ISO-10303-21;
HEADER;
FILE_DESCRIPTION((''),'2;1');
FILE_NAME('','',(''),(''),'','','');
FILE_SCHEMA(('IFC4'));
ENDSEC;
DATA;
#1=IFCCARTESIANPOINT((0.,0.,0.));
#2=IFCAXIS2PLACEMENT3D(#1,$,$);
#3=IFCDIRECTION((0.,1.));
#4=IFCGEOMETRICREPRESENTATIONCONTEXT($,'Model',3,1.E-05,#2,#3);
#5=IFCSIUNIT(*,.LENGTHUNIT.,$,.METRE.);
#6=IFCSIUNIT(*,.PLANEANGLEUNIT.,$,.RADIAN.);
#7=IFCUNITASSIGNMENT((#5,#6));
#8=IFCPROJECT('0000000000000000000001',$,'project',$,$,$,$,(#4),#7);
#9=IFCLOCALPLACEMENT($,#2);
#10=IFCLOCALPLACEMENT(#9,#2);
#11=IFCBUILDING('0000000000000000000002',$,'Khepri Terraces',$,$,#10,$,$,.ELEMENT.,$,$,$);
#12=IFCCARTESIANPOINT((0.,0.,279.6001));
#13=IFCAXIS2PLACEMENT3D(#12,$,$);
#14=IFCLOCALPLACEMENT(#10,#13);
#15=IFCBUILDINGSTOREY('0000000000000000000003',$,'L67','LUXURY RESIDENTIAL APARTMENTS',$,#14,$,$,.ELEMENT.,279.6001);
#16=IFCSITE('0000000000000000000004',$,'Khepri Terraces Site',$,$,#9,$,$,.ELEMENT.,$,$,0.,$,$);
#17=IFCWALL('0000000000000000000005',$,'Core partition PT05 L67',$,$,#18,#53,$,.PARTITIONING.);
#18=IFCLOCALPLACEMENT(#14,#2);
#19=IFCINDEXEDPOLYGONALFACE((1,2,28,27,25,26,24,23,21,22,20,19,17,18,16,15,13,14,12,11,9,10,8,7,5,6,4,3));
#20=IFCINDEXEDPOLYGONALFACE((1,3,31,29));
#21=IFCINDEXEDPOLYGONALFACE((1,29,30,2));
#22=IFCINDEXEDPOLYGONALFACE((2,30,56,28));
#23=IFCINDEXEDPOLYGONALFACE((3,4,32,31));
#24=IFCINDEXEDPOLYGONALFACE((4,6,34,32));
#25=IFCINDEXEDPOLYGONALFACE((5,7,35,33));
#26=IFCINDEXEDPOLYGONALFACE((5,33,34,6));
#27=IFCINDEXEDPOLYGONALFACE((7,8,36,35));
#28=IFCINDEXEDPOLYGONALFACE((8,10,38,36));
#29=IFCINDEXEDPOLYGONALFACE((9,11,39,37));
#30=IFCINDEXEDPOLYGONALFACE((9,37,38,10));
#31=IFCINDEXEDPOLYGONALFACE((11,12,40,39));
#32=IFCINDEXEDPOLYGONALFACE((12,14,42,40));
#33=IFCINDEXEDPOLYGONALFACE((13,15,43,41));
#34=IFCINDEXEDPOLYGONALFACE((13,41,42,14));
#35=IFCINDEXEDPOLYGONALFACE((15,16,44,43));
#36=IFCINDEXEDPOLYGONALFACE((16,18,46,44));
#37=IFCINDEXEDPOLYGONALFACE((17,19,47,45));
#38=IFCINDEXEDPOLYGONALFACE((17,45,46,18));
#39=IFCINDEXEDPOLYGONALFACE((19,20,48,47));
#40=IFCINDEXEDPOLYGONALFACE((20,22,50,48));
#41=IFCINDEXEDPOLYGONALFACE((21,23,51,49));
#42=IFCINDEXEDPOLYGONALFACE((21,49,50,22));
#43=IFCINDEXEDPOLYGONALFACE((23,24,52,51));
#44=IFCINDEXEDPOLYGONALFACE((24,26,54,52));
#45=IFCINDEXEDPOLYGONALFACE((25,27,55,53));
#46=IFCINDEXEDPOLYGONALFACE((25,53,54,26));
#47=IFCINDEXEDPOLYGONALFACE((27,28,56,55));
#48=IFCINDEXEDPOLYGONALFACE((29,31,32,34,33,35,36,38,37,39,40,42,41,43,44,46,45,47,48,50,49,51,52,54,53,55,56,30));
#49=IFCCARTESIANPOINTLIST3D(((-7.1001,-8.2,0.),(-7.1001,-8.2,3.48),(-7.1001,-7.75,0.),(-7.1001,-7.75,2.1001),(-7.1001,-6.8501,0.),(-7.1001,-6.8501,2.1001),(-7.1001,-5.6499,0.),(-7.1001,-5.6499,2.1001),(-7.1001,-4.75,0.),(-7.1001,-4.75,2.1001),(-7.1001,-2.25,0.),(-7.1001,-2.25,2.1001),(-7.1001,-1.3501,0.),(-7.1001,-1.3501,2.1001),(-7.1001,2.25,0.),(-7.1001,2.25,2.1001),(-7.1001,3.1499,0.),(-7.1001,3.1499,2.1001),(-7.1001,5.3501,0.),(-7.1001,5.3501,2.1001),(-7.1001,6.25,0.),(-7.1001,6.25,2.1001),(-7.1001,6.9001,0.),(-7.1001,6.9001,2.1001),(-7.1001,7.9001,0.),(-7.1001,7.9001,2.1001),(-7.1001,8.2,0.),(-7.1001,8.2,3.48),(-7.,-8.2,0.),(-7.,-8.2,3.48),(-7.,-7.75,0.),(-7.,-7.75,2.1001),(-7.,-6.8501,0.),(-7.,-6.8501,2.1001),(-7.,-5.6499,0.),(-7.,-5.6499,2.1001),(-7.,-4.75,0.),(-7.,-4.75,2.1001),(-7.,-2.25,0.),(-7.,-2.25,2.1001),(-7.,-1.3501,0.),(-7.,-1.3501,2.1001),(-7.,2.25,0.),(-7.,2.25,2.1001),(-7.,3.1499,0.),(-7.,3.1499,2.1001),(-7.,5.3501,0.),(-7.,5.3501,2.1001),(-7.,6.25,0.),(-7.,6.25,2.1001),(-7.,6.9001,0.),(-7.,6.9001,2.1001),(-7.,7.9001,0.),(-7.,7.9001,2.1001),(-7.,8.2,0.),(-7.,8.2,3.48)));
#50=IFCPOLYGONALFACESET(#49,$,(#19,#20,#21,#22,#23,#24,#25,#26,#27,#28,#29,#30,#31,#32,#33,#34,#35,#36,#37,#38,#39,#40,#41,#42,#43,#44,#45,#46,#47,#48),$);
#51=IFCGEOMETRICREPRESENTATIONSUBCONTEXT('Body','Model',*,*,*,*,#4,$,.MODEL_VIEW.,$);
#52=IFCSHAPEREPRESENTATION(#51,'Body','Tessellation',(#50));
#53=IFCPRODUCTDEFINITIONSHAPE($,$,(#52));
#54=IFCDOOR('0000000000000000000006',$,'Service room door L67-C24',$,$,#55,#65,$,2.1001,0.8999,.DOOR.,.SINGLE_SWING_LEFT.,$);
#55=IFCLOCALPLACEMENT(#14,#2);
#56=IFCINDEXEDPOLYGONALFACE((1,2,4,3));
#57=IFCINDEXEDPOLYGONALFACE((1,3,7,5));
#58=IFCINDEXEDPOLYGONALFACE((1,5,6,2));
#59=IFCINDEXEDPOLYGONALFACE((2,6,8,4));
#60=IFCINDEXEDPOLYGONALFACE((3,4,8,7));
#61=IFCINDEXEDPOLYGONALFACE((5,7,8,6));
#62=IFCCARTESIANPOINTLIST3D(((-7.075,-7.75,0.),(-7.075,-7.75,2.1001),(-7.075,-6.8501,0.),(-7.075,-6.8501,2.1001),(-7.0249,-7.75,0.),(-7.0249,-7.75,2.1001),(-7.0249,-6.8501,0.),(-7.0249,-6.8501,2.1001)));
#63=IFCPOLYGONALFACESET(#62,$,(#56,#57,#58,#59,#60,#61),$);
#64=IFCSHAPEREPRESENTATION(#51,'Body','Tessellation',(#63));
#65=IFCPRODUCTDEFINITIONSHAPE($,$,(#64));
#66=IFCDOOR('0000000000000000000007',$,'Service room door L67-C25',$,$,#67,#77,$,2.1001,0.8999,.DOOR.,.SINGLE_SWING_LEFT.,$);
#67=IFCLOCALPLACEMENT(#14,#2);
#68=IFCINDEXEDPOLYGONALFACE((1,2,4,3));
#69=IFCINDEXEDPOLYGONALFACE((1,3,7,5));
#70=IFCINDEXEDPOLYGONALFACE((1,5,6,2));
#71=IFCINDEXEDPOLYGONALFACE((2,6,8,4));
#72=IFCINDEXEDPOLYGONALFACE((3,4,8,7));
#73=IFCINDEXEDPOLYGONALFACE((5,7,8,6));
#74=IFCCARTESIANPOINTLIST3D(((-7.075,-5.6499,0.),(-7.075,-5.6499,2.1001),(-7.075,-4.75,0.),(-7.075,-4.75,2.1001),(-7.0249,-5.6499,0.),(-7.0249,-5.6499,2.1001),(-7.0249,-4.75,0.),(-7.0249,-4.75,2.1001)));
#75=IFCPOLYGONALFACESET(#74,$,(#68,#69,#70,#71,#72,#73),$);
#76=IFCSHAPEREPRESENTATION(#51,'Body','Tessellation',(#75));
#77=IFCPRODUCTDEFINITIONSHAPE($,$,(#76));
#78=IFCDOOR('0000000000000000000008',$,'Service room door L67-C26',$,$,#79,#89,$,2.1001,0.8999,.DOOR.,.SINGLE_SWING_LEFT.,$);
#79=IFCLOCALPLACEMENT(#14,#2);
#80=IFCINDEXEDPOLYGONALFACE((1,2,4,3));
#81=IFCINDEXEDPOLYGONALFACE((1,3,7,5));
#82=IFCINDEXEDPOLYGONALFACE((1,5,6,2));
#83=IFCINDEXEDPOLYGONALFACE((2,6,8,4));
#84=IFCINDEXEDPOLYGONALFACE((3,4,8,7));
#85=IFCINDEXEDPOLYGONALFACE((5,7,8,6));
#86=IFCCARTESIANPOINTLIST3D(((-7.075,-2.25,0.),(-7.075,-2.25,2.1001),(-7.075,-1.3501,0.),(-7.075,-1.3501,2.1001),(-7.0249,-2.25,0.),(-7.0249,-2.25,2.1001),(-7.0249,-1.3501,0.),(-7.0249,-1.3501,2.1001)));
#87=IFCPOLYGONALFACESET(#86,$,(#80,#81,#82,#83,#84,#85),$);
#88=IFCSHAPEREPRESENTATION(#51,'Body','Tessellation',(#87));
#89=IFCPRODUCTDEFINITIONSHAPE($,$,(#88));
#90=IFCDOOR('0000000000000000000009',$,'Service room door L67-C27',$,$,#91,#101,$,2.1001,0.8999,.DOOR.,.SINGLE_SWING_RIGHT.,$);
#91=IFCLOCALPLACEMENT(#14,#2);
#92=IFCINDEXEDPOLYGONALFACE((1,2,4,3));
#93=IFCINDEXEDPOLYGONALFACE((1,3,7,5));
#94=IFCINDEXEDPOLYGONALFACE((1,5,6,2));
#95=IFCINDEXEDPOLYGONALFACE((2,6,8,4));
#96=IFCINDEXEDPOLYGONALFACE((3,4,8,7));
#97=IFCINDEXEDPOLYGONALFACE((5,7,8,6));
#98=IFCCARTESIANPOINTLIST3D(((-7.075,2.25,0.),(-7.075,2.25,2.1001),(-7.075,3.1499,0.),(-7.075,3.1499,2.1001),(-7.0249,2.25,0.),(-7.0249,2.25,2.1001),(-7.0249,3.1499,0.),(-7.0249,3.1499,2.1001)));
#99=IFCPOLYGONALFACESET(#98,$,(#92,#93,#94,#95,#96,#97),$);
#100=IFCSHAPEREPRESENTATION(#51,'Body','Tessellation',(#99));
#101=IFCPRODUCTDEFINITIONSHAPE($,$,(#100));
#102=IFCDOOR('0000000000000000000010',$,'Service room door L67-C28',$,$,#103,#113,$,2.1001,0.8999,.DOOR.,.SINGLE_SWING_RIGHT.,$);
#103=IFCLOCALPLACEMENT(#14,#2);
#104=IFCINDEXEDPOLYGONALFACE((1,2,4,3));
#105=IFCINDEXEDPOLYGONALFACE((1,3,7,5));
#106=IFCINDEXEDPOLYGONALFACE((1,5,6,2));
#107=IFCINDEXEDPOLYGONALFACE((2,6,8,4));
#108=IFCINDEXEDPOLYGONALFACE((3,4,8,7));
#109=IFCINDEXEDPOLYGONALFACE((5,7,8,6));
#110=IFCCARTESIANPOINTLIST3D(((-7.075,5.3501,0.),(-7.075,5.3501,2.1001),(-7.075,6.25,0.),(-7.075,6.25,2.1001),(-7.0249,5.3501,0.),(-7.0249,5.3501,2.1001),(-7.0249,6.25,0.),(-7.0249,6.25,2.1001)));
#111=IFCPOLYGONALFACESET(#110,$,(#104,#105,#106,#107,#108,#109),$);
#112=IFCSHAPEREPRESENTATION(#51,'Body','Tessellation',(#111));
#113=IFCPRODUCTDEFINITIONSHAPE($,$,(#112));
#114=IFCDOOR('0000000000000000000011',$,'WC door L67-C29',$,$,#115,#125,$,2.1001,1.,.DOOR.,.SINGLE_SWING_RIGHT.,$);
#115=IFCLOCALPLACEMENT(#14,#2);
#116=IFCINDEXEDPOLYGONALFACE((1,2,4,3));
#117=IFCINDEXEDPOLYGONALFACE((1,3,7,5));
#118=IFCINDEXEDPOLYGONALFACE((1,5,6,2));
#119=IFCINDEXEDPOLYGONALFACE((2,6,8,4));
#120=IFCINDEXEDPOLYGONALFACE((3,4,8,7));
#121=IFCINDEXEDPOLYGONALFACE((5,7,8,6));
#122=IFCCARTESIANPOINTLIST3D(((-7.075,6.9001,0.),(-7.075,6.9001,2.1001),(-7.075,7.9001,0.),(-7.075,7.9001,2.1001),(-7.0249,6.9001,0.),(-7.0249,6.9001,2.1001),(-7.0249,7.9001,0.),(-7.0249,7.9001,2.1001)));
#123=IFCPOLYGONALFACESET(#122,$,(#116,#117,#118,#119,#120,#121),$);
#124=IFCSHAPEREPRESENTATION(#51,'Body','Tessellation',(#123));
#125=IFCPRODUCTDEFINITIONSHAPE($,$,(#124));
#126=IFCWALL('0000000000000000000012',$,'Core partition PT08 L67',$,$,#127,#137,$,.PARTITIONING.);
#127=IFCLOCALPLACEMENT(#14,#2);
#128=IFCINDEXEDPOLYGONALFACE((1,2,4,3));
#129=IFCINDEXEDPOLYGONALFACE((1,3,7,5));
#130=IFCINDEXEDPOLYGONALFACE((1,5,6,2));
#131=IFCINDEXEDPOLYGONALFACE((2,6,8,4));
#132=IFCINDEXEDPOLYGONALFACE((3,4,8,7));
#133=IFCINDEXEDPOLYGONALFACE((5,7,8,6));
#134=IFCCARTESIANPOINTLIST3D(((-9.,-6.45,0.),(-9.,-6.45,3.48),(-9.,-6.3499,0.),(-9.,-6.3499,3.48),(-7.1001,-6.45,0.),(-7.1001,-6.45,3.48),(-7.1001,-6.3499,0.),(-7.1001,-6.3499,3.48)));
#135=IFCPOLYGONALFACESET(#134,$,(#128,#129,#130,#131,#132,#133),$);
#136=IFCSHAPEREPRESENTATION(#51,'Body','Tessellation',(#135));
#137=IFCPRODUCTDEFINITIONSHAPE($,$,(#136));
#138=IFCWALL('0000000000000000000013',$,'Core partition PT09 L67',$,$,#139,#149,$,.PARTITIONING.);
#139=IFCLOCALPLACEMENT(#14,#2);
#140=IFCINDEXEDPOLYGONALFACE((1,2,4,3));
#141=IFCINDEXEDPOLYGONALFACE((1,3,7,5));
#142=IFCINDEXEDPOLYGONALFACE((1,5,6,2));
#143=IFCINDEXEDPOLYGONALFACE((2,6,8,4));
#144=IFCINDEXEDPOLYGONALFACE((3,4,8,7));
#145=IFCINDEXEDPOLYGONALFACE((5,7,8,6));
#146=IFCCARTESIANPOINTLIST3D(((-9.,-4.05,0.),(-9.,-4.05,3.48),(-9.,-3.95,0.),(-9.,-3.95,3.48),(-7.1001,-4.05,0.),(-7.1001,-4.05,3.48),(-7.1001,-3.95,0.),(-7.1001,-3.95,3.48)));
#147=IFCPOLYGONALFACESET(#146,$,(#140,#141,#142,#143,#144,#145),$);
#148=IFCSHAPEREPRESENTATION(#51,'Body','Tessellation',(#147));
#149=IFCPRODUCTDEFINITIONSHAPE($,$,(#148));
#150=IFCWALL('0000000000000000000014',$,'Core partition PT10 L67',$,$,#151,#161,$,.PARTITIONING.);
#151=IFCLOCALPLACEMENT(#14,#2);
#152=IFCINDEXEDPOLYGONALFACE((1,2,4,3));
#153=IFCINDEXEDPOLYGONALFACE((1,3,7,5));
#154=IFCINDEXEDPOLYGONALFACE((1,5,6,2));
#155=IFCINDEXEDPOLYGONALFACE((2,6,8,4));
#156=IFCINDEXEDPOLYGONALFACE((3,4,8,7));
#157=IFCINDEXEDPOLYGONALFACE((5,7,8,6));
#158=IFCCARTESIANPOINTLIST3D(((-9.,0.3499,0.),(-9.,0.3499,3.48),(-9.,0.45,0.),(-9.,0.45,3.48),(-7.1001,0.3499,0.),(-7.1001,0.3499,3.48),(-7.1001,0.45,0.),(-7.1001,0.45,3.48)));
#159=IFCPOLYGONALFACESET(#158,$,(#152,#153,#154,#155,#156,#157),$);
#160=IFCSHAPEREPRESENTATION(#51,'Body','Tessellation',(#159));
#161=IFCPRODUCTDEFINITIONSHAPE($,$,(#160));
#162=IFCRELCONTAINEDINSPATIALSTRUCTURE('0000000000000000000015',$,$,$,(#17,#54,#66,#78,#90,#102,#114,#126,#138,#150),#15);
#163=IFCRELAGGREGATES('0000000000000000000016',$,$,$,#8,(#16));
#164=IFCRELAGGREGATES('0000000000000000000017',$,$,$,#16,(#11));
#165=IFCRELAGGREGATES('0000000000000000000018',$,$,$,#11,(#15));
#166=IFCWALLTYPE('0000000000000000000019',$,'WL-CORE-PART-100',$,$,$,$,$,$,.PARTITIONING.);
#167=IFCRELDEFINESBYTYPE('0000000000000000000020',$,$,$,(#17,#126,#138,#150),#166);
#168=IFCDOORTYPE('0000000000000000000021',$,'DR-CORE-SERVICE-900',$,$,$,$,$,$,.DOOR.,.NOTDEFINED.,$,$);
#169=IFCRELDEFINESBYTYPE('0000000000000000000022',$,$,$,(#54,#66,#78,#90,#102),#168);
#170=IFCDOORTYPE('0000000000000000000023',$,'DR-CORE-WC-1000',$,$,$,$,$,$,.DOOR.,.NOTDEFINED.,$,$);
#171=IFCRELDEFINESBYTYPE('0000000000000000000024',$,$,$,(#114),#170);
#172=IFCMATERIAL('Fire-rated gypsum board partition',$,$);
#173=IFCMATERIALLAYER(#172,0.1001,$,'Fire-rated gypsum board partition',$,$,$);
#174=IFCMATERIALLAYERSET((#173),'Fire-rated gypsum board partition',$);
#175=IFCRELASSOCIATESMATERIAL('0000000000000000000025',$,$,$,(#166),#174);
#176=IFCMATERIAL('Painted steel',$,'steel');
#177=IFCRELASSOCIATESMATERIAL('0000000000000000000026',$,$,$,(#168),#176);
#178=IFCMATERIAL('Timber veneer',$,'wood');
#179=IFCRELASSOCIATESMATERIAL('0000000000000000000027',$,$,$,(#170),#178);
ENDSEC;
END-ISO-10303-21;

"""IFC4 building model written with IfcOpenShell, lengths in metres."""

from ifc_helpers import new_model, si_unit, direction, frame, frame_2d, origin, place, context, subcontext, project, spatial, rectangle, extrude, material, layer, layer_set, type_object, element, fill, save


model = new_model("IFC4")

# Units and contexts
model_context = context("Model", 3, precision=1e-05, world=origin(), true_north=direction((0.0, 1.0)))
body_context = subcontext(model_context, "Body", "Model", "MODEL_VIEW")
ifc_project = project(units=[si_unit("LENGTHUNIT", "METRE"), si_unit("PLANEANGLEUNIT", "RADIAN")], contexts=[model_context])

# Site, building, storey
site_placement = place(None, origin())
site = spatial("IfcSite", under=ifc_project, at=site_placement, Name="Khepri Terraces Site", CompositionType="ELEMENT", RefElevation=0.0)
building_placement = place(site_placement, origin())
building = spatial("IfcBuilding", under=site, at=building_placement, Name="Khepri Terraces", CompositionType="ELEMENT")
storey_placement = place(building_placement, frame((0.0, 0.0, 279.6001)))
storey = spatial("IfcBuildingStorey", under=building, at=storey_placement, Name="L67", Description="LUXURY RESIDENTIAL APARTMENTS", CompositionType="ELEMENT", Elevation=279.6001)

# Shared definitions
ifc_material_1 = material(Name="Painted steel", Category="steel")

# Wall, openings, doors
ifc_material_2 = material(Name="Fire-rated gypsum board partition")
ifc_layer_1 = layer(ifc_material_2, 0.1001, Name="Fire-rated gypsum board partition")
ifc_layer_set_1 = layer_set([ifc_layer_1], Name="Fire-rated gypsum board partition")
wall_type_1 = type_object("IfcWallType", Name="WL-CORE-PART-100", PredefinedType="PARTITIONING", material=ifc_layer_set_1)
wall_1_placement = place(storey_placement, frame((-7.05, -8.2, 0.0), z_axis=(0.0, 0.0, 1.0), x_axis=(0.0, 1.0, 0.0)))
wall_1 = element("IfcWall", 1, at=wall_1_placement, inside=storey, type_object=wall_type_1, Name="Core partition PT05 L67", PredefinedType="PARTITIONING", context=body_context, shape_type="SweptSolid", body=[
    extrude(rectangle(XDim=16.3999, YDim=0.1001, at=frame_2d((8.2, 0.0))), origin(), (0.0, 0.0, 1.0), 3.48),
])
opening_1_placement = place(wall_1_placement, frame((0.45, 0.0, 0.0)))
opening_1 = element("IfcOpeningElement", 2, at=opening_1_placement, cuts=wall_1, PredefinedType="OPENING", context=body_context, shape_type="SweptSolid", body=[
    extrude(rectangle(XDim=0.8999, YDim=2.1001, at=frame_2d((0.45, 1.05))), frame((0.0, 0.0601, 0.0), z_axis=(0.0, -1.0, 0.0), x_axis=(1.0, 0.0, 0.0)), (0.0, 0.0, 1.0), 0.1201),
])
opening_2_placement = place(wall_1_placement, frame((2.55, 0.0, 0.0)))
opening_2 = element("IfcOpeningElement", 3, at=opening_2_placement, cuts=wall_1, PredefinedType="OPENING", context=body_context, shape_type="SweptSolid", body=[
    extrude(rectangle(XDim=0.8999, YDim=2.1001, at=frame_2d((0.45, 1.05))), frame((0.0, 0.0601, 0.0), z_axis=(0.0, -1.0, 0.0), x_axis=(1.0, 0.0, 0.0)), (0.0, 0.0, 1.0), 0.1201),
])
opening_3_placement = place(wall_1_placement, frame((5.95, 0.0, 0.0)))
opening_3 = element("IfcOpeningElement", 4, at=opening_3_placement, cuts=wall_1, PredefinedType="OPENING", context=body_context, shape_type="SweptSolid", body=[
    extrude(rectangle(XDim=0.8999, YDim=2.1001, at=frame_2d((0.45, 1.05))), frame((0.0, 0.0601, 0.0), z_axis=(0.0, -1.0, 0.0), x_axis=(1.0, 0.0, 0.0)), (0.0, 0.0, 1.0), 0.1201),
])
opening_4_placement = place(wall_1_placement, frame((10.45, 0.0, 0.0)))
opening_4 = element("IfcOpeningElement", 5, at=opening_4_placement, cuts=wall_1, PredefinedType="OPENING", context=body_context, shape_type="SweptSolid", body=[
    extrude(rectangle(XDim=0.8999, YDim=2.1001, at=frame_2d((0.45, 1.05))), frame((0.0, 0.0601, 0.0), z_axis=(0.0, -1.0, 0.0), x_axis=(1.0, 0.0, 0.0)), (0.0, 0.0, 1.0), 0.1201),
])
opening_5_placement = place(wall_1_placement, frame((13.55, 0.0, 0.0)))
opening_5 = element("IfcOpeningElement", 6, at=opening_5_placement, cuts=wall_1, PredefinedType="OPENING", context=body_context, shape_type="SweptSolid", body=[
    extrude(rectangle(XDim=0.8999, YDim=2.1001, at=frame_2d((0.45, 1.05))), frame((0.0, 0.0601, 0.0), z_axis=(0.0, -1.0, 0.0), x_axis=(1.0, 0.0, 0.0)), (0.0, 0.0, 1.0), 0.1201),
])
opening_6_placement = place(wall_1_placement, frame((15.1001, 0.0, 0.0)))
opening_6 = element("IfcOpeningElement", 7, at=opening_6_placement, cuts=wall_1, PredefinedType="OPENING", context=body_context, shape_type="SweptSolid", body=[
    extrude(rectangle(XDim=1.0, YDim=2.1001, at=frame_2d((0.5, 1.05))), frame((0.0, 0.0601, 0.0), z_axis=(0.0, -1.0, 0.0), x_axis=(1.0, 0.0, 0.0)), (0.0, 0.0, 1.0), 0.1201),
])
door_type_1 = type_object("IfcDoorType", Name="DR-CORE-SERVICE-900", OperationType="NOTDEFINED", PredefinedType="DOOR", material=ifc_material_1)
door_1_placement = place(opening_1_placement, origin())
door_1 = element("IfcDoor", 8, at=door_1_placement, inside=storey, type_object=door_type_1, Name="Service room door L67-C24", OperationType="SINGLE_SWING_LEFT", OverallHeight=2.1001, OverallWidth=0.8999, PredefinedType="DOOR", context=body_context, shape_type="SweptSolid", body=[
    extrude(rectangle(XDim=0.8999, YDim=2.1001, at=frame_2d((0.45, 1.05))), frame((0.0, 0.0249, 0.0), z_axis=(0.0, -1.0, 0.0), x_axis=(1.0, 0.0, 0.0)), (0.0, 0.0, 1.0), 0.05),
])
fill(opening_1, door_1)
door_2_placement = place(opening_2_placement, origin())
door_2 = element("IfcDoor", 9, at=door_2_placement, inside=storey, type_object=door_type_1, Name="Service room door L67-C25", OperationType="SINGLE_SWING_LEFT", OverallHeight=2.1001, OverallWidth=0.8999, PredefinedType="DOOR", context=body_context, shape_type="SweptSolid", body=[
    extrude(rectangle(XDim=0.8999, YDim=2.1001, at=frame_2d((0.45, 1.05))), frame((0.0, 0.0249, 0.0), z_axis=(0.0, -1.0, 0.0), x_axis=(1.0, 0.0, 0.0)), (0.0, 0.0, 1.0), 0.05),
])
fill(opening_2, door_2)
door_3_placement = place(opening_3_placement, origin())
door_3 = element("IfcDoor", 10, at=door_3_placement, inside=storey, type_object=door_type_1, Name="Service room door L67-C26", OperationType="SINGLE_SWING_LEFT", OverallHeight=2.1001, OverallWidth=0.8999, PredefinedType="DOOR", context=body_context, shape_type="SweptSolid", body=[
    extrude(rectangle(XDim=0.8999, YDim=2.1001, at=frame_2d((0.45, 1.05))), frame((0.0, 0.0249, 0.0), z_axis=(0.0, -1.0, 0.0), x_axis=(1.0, 0.0, 0.0)), (0.0, 0.0, 1.0), 0.05),
])
fill(opening_3, door_3)
door_4_placement = place(opening_4_placement, origin())
door_4 = element("IfcDoor", 11, at=door_4_placement, inside=storey, type_object=door_type_1, Name="Service room door L67-C27", OperationType="SINGLE_SWING_RIGHT", OverallHeight=2.1001, OverallWidth=0.8999, PredefinedType="DOOR", context=body_context, shape_type="SweptSolid", body=[
    extrude(rectangle(XDim=0.8999, YDim=2.1001, at=frame_2d((0.45, 1.05))), frame((0.0, 0.0249, 0.0), z_axis=(0.0, -1.0, 0.0), x_axis=(1.0, 0.0, 0.0)), (0.0, 0.0, 1.0), 0.05),
])
fill(opening_4, door_4)
door_5_placement = place(opening_5_placement, origin())
door_5 = element("IfcDoor", 12, at=door_5_placement, inside=storey, type_object=door_type_1, Name="Service room door L67-C28", OperationType="SINGLE_SWING_RIGHT", OverallHeight=2.1001, OverallWidth=0.8999, PredefinedType="DOOR", context=body_context, shape_type="SweptSolid", body=[
    extrude(rectangle(XDim=0.8999, YDim=2.1001, at=frame_2d((0.45, 1.05))), frame((0.0, 0.0249, 0.0), z_axis=(0.0, -1.0, 0.0), x_axis=(1.0, 0.0, 0.0)), (0.0, 0.0, 1.0), 0.05),
])
fill(opening_5, door_5)
ifc_material_3 = material(Name="Timber veneer", Category="wood")
door_type_2 = type_object("IfcDoorType", Name="DR-CORE-WC-1000", OperationType="NOTDEFINED", PredefinedType="DOOR", material=ifc_material_3)
door_6_placement = place(opening_6_placement, origin())
door_6 = element("IfcDoor", 13, at=door_6_placement, inside=storey, type_object=door_type_2, Name="WC door L67-C29", OperationType="SINGLE_SWING_RIGHT", OverallHeight=2.1001, OverallWidth=1.0, PredefinedType="DOOR", context=body_context, shape_type="SweptSolid", body=[
    extrude(rectangle(XDim=1.0, YDim=2.1001, at=frame_2d((0.5, 1.05))), frame((0.0, 0.0249, 0.0), z_axis=(0.0, -1.0, 0.0), x_axis=(1.0, 0.0, 0.0)), (0.0, 0.0, 1.0), 0.05),
])
fill(opening_6, door_6)

# Walls
for number, where, z_axis, x_axis, name in (
    (14, (-9.0, -6.3999, 0.0), (0.0, 0.0, 1.0), (1.0, 0.0, 0.0), "Core partition PT08 L67"),
    (15, (-9.0, -4.0, 0.0), (0.0, 0.0, 1.0), (1.0, 0.0, 0.0), "Core partition PT09 L67"),
    (16, (-9.0, 0.3999, 0.0), (0.0, 0.0, 1.0), (1.0, 0.0, 0.0), "Core partition PT10 L67"),
):
    element("IfcWall", number, at=place(storey_placement, frame(where, z_axis=z_axis, x_axis=x_axis)), inside=storey, type_object=wall_type_1, Name=name, PredefinedType="PARTITIONING", context=body_context, shape_type="SweptSolid", body=[
        extrude(rectangle(XDim=1.8999, YDim=0.1001, at=frame_2d((0.95, 0.0))), origin(), (0.0, 0.0, 1.0), 3.48),
    ])

save(model, "model.ifc")
